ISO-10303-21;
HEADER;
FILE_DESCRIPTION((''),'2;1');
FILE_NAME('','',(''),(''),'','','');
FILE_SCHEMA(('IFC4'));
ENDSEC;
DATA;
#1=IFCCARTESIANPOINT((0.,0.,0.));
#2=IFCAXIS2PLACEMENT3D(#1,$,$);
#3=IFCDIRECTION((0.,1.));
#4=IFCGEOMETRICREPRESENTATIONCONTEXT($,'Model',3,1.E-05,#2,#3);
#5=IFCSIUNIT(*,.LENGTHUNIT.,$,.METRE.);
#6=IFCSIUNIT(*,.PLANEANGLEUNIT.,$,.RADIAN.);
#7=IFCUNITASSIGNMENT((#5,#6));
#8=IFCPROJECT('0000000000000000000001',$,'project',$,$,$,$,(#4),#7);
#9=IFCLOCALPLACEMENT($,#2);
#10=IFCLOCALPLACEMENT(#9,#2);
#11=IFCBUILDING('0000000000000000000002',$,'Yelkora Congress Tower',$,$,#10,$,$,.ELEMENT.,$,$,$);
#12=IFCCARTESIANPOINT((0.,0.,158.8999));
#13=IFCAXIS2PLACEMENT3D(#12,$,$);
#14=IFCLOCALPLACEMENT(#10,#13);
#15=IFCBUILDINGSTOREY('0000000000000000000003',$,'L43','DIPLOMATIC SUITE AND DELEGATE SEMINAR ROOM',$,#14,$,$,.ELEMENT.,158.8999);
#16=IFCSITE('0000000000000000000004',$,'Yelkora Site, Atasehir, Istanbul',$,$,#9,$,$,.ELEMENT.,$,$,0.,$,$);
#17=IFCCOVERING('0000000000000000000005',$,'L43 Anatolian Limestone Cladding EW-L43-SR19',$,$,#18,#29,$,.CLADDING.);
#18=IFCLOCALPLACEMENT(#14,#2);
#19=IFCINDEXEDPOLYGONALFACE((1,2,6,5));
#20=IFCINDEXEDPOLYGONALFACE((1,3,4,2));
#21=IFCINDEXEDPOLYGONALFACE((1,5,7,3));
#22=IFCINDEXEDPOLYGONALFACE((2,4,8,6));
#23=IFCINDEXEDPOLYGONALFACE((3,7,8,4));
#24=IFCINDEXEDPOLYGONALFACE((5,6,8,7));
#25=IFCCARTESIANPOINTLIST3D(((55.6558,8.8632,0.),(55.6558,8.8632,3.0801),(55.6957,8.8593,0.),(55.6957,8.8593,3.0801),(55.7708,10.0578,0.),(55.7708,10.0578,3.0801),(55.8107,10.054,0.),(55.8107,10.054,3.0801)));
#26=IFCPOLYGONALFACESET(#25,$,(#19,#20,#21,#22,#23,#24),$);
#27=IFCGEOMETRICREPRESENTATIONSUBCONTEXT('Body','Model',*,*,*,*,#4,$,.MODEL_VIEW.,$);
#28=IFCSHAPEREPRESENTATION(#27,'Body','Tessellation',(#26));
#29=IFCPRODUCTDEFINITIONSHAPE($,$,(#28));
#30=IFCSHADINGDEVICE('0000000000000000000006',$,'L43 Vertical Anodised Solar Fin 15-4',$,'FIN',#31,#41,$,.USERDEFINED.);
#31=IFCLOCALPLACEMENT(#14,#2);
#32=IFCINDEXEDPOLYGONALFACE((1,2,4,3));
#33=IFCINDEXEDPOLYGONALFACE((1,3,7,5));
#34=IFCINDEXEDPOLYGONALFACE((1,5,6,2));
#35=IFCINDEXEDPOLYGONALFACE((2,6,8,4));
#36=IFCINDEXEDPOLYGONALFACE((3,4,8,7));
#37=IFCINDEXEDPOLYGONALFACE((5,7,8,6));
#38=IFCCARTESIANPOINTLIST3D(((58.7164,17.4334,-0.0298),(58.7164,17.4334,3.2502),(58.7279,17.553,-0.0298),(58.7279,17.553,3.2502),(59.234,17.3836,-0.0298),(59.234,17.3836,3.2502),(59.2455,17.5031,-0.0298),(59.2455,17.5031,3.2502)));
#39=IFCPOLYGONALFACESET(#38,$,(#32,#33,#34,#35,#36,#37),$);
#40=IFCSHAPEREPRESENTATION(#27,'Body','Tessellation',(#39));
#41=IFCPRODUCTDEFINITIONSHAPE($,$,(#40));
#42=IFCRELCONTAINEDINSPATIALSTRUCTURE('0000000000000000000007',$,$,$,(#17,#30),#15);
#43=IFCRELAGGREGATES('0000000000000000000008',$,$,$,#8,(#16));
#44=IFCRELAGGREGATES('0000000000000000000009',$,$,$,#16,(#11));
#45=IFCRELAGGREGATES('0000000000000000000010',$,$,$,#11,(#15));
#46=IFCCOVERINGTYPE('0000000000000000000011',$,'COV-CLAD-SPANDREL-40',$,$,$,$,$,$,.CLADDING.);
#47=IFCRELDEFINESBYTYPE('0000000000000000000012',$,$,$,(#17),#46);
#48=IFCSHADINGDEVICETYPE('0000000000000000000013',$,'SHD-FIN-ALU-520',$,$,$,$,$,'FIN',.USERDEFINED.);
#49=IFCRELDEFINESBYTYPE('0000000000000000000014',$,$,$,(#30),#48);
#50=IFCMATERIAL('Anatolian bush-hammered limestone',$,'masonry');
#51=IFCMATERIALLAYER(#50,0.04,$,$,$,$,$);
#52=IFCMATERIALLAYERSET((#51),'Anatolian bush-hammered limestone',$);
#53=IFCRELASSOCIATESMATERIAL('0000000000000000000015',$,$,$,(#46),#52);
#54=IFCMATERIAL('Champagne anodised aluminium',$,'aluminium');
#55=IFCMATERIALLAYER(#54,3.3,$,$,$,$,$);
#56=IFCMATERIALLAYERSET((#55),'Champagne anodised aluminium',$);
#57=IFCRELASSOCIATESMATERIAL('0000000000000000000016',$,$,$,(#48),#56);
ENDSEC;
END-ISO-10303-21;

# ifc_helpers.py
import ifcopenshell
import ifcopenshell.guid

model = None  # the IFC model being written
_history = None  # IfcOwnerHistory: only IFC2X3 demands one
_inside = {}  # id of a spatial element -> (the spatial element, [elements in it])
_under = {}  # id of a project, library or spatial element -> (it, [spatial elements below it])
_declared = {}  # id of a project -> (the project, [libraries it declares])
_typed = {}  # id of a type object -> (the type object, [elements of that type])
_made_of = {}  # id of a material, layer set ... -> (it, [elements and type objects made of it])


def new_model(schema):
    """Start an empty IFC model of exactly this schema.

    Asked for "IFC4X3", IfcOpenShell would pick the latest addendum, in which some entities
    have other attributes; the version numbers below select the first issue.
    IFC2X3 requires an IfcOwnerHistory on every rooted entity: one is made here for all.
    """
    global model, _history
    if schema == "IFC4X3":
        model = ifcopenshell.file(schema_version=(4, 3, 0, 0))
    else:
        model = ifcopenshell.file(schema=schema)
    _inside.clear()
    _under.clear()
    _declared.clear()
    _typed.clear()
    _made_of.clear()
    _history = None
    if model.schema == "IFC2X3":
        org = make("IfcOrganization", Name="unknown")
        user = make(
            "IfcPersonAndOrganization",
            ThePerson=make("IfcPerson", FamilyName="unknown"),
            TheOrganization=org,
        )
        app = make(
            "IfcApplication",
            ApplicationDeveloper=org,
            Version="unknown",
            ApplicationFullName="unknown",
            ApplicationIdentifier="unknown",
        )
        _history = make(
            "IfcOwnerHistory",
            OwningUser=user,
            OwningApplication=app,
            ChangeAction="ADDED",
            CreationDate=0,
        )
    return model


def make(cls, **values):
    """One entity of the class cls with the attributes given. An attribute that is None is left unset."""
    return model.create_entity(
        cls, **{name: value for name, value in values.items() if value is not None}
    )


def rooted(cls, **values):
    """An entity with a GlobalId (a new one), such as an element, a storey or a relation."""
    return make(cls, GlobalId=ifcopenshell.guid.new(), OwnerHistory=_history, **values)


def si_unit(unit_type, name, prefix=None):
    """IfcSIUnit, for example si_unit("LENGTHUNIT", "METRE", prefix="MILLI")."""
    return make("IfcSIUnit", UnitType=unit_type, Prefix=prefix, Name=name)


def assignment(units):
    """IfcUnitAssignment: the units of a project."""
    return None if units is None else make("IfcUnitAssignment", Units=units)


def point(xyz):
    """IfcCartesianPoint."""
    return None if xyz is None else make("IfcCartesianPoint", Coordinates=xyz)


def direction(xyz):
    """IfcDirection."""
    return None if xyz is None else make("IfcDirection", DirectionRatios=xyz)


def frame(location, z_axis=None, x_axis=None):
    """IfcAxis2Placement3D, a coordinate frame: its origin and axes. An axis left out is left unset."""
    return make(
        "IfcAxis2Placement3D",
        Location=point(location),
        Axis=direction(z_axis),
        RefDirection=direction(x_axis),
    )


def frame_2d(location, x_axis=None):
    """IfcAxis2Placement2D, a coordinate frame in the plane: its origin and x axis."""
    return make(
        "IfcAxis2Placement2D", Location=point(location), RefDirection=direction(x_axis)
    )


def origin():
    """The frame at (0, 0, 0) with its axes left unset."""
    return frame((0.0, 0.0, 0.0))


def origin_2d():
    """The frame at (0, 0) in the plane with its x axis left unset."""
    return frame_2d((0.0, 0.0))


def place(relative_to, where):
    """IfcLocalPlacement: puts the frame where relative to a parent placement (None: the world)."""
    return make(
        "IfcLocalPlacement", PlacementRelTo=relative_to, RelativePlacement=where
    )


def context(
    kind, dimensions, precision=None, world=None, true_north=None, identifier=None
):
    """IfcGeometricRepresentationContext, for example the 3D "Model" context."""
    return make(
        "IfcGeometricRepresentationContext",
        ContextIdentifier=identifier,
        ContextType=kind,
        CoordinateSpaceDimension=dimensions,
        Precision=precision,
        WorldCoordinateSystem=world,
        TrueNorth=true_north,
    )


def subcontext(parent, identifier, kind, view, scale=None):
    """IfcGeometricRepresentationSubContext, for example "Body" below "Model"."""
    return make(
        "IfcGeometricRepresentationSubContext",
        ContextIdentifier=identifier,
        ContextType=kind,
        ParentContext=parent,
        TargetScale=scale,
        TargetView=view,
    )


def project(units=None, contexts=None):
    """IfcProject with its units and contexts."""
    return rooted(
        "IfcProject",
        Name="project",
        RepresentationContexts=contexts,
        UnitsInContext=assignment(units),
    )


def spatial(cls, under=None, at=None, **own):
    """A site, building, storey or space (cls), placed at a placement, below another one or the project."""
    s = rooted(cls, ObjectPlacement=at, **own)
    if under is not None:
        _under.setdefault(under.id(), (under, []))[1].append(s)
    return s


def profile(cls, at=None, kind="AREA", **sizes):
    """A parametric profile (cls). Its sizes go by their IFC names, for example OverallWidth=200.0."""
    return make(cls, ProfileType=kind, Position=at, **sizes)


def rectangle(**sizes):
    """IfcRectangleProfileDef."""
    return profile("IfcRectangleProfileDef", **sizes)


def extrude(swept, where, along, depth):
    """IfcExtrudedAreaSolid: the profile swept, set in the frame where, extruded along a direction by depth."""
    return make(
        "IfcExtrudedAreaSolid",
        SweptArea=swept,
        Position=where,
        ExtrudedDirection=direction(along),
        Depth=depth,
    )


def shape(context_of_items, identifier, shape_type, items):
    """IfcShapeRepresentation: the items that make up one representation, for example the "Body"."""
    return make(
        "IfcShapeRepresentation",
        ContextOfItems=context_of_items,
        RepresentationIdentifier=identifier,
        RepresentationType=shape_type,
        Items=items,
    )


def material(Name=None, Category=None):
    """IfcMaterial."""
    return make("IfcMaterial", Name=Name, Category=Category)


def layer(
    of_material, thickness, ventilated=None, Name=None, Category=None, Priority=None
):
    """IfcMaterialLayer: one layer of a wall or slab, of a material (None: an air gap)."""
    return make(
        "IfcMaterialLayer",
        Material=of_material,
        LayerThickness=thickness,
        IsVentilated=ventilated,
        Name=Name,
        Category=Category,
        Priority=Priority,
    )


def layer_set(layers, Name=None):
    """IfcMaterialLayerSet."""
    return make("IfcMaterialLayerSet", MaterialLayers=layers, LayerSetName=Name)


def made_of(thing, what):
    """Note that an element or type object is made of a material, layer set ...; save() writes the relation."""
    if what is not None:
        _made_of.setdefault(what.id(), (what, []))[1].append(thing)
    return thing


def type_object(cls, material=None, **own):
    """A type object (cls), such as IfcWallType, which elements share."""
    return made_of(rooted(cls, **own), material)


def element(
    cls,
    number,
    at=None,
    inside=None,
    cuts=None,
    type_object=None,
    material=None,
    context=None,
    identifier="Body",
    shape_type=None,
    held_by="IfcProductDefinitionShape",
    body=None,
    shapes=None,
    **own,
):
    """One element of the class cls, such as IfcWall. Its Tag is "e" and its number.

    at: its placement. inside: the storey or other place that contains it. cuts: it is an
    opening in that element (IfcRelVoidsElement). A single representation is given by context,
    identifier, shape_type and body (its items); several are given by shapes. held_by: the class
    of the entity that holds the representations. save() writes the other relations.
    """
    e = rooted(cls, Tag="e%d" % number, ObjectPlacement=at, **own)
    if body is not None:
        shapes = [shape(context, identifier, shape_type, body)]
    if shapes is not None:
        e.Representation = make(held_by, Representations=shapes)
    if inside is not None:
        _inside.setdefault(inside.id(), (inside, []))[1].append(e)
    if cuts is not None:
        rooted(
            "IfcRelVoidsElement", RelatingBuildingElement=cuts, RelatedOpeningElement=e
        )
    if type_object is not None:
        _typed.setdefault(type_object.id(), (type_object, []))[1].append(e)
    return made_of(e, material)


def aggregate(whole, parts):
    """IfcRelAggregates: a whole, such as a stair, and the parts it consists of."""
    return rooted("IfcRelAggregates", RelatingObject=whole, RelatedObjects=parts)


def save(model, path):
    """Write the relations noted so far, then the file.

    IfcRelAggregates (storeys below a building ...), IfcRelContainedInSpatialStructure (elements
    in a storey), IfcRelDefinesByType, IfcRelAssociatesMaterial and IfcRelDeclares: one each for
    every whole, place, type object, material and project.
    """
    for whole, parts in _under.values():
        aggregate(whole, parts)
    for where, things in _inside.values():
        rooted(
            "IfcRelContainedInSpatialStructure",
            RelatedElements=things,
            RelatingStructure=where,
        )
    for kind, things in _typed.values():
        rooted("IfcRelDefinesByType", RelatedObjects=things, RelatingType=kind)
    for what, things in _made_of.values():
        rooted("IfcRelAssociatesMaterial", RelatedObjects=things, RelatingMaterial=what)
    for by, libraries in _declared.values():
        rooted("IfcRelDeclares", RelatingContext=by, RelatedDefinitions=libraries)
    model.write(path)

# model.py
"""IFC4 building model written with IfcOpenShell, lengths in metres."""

from ifc_helpers import new_model, si_unit, direction, frame, frame_2d, origin, origin_2d, place, context, subcontext, project, spatial, rectangle, extrude, material, layer, layer_set, type_object, element, save


model = new_model("IFC4")

# Units and contexts
model_context = context("Model", 3, precision=1e-05, world=origin(), true_north=direction((0.0, 1.0)))
body_context = subcontext(model_context, "Body", "Model", "MODEL_VIEW")
ifc_project = project(units=[si_unit("LENGTHUNIT", "METRE"), si_unit("PLANEANGLEUNIT", "RADIAN")], contexts=[model_context])

# Site, building, storey
site_placement = place(None, origin())
site = spatial("IfcSite", under=ifc_project, at=site_placement, Name="Yelkora Site, Atasehir, Istanbul", CompositionType="ELEMENT", RefElevation=0.0)
building_placement = place(site_placement, origin())
building = spatial("IfcBuilding", under=site, at=building_placement, Name="Yelkora Congress Tower", CompositionType="ELEMENT")
storey_placement = place(building_placement, frame((0.0, 0.0, 158.8999)))
storey = spatial("IfcBuildingStorey", under=building, at=storey_placement, Name="L43", Description="DIPLOMATIC SUITE AND DELEGATE SEMINAR ROOM", CompositionType="ELEMENT", Elevation=158.8999)

# Covering
ifc_material_1 = material(Name="Anatolian bush-hammered limestone", Category="masonry")
ifc_layer_1 = layer(ifc_material_1, 0.04)
ifc_layer_set_1 = layer_set([ifc_layer_1], Name="Anatolian bush-hammered limestone")
covering_type = type_object("IfcCoveringType", Name="COV-CLAD-SPANDREL-40", PredefinedType="CLADDING", material=ifc_layer_set_1)
for number, where, z_axis, x_axis, name in (
    (1, (55.7908, 10.0559, 0.0), (0.0, 0.0, 1.0), (-0.095817, -0.995399, 0.0), "L43 Anatolian Limestone Cladding EW-L43-SR19"),
):
    element("IfcCovering", number, at=place(storey_placement, frame(where, z_axis=z_axis, x_axis=x_axis)), inside=storey, type_object=covering_type, Name=name, PredefinedType="CLADDING", context=body_context, shape_type="SweptSolid", body=[
        extrude(rectangle(XDim=1.2002, YDim=0.04, at=frame_2d((0.6001, 0.0))), origin(), (0.0, 0.0, 1.0), 3.0801),
    ])

# Shading device
ifc_material_2 = material(Name="Champagne anodised aluminium", Category="aluminium")
ifc_layer_2 = layer(ifc_material_2, 3.3)
ifc_layer_set_2 = layer_set([ifc_layer_2], Name="Champagne anodised aluminium")
shading_device_type = type_object("IfcShadingDeviceType", Name="SHD-FIN-ALU-520", ElementType="FIN", PredefinedType="USERDEFINED", material=ifc_layer_set_2)
shading_device_placement = place(storey_placement, frame((58.981, 17.4683, -0.0298), z_axis=(0.0, 0.0, 1.0), x_axis=(-0.095846, -0.995396, 0.0)))
element("IfcShadingDevice", 2, at=shading_device_placement, inside=storey, type_object=shading_device_type, Name="L43 Vertical Anodised Solar Fin 15-4", ObjectType="FIN", PredefinedType="USERDEFINED", context=body_context, shape_type="SweptSolid", body=[
    extrude(rectangle(XDim=0.1201, YDim=0.52, at=origin_2d()), origin(), (0.0, 0.0, 1.0), 3.28),
])

save(model, "model.ifc")
